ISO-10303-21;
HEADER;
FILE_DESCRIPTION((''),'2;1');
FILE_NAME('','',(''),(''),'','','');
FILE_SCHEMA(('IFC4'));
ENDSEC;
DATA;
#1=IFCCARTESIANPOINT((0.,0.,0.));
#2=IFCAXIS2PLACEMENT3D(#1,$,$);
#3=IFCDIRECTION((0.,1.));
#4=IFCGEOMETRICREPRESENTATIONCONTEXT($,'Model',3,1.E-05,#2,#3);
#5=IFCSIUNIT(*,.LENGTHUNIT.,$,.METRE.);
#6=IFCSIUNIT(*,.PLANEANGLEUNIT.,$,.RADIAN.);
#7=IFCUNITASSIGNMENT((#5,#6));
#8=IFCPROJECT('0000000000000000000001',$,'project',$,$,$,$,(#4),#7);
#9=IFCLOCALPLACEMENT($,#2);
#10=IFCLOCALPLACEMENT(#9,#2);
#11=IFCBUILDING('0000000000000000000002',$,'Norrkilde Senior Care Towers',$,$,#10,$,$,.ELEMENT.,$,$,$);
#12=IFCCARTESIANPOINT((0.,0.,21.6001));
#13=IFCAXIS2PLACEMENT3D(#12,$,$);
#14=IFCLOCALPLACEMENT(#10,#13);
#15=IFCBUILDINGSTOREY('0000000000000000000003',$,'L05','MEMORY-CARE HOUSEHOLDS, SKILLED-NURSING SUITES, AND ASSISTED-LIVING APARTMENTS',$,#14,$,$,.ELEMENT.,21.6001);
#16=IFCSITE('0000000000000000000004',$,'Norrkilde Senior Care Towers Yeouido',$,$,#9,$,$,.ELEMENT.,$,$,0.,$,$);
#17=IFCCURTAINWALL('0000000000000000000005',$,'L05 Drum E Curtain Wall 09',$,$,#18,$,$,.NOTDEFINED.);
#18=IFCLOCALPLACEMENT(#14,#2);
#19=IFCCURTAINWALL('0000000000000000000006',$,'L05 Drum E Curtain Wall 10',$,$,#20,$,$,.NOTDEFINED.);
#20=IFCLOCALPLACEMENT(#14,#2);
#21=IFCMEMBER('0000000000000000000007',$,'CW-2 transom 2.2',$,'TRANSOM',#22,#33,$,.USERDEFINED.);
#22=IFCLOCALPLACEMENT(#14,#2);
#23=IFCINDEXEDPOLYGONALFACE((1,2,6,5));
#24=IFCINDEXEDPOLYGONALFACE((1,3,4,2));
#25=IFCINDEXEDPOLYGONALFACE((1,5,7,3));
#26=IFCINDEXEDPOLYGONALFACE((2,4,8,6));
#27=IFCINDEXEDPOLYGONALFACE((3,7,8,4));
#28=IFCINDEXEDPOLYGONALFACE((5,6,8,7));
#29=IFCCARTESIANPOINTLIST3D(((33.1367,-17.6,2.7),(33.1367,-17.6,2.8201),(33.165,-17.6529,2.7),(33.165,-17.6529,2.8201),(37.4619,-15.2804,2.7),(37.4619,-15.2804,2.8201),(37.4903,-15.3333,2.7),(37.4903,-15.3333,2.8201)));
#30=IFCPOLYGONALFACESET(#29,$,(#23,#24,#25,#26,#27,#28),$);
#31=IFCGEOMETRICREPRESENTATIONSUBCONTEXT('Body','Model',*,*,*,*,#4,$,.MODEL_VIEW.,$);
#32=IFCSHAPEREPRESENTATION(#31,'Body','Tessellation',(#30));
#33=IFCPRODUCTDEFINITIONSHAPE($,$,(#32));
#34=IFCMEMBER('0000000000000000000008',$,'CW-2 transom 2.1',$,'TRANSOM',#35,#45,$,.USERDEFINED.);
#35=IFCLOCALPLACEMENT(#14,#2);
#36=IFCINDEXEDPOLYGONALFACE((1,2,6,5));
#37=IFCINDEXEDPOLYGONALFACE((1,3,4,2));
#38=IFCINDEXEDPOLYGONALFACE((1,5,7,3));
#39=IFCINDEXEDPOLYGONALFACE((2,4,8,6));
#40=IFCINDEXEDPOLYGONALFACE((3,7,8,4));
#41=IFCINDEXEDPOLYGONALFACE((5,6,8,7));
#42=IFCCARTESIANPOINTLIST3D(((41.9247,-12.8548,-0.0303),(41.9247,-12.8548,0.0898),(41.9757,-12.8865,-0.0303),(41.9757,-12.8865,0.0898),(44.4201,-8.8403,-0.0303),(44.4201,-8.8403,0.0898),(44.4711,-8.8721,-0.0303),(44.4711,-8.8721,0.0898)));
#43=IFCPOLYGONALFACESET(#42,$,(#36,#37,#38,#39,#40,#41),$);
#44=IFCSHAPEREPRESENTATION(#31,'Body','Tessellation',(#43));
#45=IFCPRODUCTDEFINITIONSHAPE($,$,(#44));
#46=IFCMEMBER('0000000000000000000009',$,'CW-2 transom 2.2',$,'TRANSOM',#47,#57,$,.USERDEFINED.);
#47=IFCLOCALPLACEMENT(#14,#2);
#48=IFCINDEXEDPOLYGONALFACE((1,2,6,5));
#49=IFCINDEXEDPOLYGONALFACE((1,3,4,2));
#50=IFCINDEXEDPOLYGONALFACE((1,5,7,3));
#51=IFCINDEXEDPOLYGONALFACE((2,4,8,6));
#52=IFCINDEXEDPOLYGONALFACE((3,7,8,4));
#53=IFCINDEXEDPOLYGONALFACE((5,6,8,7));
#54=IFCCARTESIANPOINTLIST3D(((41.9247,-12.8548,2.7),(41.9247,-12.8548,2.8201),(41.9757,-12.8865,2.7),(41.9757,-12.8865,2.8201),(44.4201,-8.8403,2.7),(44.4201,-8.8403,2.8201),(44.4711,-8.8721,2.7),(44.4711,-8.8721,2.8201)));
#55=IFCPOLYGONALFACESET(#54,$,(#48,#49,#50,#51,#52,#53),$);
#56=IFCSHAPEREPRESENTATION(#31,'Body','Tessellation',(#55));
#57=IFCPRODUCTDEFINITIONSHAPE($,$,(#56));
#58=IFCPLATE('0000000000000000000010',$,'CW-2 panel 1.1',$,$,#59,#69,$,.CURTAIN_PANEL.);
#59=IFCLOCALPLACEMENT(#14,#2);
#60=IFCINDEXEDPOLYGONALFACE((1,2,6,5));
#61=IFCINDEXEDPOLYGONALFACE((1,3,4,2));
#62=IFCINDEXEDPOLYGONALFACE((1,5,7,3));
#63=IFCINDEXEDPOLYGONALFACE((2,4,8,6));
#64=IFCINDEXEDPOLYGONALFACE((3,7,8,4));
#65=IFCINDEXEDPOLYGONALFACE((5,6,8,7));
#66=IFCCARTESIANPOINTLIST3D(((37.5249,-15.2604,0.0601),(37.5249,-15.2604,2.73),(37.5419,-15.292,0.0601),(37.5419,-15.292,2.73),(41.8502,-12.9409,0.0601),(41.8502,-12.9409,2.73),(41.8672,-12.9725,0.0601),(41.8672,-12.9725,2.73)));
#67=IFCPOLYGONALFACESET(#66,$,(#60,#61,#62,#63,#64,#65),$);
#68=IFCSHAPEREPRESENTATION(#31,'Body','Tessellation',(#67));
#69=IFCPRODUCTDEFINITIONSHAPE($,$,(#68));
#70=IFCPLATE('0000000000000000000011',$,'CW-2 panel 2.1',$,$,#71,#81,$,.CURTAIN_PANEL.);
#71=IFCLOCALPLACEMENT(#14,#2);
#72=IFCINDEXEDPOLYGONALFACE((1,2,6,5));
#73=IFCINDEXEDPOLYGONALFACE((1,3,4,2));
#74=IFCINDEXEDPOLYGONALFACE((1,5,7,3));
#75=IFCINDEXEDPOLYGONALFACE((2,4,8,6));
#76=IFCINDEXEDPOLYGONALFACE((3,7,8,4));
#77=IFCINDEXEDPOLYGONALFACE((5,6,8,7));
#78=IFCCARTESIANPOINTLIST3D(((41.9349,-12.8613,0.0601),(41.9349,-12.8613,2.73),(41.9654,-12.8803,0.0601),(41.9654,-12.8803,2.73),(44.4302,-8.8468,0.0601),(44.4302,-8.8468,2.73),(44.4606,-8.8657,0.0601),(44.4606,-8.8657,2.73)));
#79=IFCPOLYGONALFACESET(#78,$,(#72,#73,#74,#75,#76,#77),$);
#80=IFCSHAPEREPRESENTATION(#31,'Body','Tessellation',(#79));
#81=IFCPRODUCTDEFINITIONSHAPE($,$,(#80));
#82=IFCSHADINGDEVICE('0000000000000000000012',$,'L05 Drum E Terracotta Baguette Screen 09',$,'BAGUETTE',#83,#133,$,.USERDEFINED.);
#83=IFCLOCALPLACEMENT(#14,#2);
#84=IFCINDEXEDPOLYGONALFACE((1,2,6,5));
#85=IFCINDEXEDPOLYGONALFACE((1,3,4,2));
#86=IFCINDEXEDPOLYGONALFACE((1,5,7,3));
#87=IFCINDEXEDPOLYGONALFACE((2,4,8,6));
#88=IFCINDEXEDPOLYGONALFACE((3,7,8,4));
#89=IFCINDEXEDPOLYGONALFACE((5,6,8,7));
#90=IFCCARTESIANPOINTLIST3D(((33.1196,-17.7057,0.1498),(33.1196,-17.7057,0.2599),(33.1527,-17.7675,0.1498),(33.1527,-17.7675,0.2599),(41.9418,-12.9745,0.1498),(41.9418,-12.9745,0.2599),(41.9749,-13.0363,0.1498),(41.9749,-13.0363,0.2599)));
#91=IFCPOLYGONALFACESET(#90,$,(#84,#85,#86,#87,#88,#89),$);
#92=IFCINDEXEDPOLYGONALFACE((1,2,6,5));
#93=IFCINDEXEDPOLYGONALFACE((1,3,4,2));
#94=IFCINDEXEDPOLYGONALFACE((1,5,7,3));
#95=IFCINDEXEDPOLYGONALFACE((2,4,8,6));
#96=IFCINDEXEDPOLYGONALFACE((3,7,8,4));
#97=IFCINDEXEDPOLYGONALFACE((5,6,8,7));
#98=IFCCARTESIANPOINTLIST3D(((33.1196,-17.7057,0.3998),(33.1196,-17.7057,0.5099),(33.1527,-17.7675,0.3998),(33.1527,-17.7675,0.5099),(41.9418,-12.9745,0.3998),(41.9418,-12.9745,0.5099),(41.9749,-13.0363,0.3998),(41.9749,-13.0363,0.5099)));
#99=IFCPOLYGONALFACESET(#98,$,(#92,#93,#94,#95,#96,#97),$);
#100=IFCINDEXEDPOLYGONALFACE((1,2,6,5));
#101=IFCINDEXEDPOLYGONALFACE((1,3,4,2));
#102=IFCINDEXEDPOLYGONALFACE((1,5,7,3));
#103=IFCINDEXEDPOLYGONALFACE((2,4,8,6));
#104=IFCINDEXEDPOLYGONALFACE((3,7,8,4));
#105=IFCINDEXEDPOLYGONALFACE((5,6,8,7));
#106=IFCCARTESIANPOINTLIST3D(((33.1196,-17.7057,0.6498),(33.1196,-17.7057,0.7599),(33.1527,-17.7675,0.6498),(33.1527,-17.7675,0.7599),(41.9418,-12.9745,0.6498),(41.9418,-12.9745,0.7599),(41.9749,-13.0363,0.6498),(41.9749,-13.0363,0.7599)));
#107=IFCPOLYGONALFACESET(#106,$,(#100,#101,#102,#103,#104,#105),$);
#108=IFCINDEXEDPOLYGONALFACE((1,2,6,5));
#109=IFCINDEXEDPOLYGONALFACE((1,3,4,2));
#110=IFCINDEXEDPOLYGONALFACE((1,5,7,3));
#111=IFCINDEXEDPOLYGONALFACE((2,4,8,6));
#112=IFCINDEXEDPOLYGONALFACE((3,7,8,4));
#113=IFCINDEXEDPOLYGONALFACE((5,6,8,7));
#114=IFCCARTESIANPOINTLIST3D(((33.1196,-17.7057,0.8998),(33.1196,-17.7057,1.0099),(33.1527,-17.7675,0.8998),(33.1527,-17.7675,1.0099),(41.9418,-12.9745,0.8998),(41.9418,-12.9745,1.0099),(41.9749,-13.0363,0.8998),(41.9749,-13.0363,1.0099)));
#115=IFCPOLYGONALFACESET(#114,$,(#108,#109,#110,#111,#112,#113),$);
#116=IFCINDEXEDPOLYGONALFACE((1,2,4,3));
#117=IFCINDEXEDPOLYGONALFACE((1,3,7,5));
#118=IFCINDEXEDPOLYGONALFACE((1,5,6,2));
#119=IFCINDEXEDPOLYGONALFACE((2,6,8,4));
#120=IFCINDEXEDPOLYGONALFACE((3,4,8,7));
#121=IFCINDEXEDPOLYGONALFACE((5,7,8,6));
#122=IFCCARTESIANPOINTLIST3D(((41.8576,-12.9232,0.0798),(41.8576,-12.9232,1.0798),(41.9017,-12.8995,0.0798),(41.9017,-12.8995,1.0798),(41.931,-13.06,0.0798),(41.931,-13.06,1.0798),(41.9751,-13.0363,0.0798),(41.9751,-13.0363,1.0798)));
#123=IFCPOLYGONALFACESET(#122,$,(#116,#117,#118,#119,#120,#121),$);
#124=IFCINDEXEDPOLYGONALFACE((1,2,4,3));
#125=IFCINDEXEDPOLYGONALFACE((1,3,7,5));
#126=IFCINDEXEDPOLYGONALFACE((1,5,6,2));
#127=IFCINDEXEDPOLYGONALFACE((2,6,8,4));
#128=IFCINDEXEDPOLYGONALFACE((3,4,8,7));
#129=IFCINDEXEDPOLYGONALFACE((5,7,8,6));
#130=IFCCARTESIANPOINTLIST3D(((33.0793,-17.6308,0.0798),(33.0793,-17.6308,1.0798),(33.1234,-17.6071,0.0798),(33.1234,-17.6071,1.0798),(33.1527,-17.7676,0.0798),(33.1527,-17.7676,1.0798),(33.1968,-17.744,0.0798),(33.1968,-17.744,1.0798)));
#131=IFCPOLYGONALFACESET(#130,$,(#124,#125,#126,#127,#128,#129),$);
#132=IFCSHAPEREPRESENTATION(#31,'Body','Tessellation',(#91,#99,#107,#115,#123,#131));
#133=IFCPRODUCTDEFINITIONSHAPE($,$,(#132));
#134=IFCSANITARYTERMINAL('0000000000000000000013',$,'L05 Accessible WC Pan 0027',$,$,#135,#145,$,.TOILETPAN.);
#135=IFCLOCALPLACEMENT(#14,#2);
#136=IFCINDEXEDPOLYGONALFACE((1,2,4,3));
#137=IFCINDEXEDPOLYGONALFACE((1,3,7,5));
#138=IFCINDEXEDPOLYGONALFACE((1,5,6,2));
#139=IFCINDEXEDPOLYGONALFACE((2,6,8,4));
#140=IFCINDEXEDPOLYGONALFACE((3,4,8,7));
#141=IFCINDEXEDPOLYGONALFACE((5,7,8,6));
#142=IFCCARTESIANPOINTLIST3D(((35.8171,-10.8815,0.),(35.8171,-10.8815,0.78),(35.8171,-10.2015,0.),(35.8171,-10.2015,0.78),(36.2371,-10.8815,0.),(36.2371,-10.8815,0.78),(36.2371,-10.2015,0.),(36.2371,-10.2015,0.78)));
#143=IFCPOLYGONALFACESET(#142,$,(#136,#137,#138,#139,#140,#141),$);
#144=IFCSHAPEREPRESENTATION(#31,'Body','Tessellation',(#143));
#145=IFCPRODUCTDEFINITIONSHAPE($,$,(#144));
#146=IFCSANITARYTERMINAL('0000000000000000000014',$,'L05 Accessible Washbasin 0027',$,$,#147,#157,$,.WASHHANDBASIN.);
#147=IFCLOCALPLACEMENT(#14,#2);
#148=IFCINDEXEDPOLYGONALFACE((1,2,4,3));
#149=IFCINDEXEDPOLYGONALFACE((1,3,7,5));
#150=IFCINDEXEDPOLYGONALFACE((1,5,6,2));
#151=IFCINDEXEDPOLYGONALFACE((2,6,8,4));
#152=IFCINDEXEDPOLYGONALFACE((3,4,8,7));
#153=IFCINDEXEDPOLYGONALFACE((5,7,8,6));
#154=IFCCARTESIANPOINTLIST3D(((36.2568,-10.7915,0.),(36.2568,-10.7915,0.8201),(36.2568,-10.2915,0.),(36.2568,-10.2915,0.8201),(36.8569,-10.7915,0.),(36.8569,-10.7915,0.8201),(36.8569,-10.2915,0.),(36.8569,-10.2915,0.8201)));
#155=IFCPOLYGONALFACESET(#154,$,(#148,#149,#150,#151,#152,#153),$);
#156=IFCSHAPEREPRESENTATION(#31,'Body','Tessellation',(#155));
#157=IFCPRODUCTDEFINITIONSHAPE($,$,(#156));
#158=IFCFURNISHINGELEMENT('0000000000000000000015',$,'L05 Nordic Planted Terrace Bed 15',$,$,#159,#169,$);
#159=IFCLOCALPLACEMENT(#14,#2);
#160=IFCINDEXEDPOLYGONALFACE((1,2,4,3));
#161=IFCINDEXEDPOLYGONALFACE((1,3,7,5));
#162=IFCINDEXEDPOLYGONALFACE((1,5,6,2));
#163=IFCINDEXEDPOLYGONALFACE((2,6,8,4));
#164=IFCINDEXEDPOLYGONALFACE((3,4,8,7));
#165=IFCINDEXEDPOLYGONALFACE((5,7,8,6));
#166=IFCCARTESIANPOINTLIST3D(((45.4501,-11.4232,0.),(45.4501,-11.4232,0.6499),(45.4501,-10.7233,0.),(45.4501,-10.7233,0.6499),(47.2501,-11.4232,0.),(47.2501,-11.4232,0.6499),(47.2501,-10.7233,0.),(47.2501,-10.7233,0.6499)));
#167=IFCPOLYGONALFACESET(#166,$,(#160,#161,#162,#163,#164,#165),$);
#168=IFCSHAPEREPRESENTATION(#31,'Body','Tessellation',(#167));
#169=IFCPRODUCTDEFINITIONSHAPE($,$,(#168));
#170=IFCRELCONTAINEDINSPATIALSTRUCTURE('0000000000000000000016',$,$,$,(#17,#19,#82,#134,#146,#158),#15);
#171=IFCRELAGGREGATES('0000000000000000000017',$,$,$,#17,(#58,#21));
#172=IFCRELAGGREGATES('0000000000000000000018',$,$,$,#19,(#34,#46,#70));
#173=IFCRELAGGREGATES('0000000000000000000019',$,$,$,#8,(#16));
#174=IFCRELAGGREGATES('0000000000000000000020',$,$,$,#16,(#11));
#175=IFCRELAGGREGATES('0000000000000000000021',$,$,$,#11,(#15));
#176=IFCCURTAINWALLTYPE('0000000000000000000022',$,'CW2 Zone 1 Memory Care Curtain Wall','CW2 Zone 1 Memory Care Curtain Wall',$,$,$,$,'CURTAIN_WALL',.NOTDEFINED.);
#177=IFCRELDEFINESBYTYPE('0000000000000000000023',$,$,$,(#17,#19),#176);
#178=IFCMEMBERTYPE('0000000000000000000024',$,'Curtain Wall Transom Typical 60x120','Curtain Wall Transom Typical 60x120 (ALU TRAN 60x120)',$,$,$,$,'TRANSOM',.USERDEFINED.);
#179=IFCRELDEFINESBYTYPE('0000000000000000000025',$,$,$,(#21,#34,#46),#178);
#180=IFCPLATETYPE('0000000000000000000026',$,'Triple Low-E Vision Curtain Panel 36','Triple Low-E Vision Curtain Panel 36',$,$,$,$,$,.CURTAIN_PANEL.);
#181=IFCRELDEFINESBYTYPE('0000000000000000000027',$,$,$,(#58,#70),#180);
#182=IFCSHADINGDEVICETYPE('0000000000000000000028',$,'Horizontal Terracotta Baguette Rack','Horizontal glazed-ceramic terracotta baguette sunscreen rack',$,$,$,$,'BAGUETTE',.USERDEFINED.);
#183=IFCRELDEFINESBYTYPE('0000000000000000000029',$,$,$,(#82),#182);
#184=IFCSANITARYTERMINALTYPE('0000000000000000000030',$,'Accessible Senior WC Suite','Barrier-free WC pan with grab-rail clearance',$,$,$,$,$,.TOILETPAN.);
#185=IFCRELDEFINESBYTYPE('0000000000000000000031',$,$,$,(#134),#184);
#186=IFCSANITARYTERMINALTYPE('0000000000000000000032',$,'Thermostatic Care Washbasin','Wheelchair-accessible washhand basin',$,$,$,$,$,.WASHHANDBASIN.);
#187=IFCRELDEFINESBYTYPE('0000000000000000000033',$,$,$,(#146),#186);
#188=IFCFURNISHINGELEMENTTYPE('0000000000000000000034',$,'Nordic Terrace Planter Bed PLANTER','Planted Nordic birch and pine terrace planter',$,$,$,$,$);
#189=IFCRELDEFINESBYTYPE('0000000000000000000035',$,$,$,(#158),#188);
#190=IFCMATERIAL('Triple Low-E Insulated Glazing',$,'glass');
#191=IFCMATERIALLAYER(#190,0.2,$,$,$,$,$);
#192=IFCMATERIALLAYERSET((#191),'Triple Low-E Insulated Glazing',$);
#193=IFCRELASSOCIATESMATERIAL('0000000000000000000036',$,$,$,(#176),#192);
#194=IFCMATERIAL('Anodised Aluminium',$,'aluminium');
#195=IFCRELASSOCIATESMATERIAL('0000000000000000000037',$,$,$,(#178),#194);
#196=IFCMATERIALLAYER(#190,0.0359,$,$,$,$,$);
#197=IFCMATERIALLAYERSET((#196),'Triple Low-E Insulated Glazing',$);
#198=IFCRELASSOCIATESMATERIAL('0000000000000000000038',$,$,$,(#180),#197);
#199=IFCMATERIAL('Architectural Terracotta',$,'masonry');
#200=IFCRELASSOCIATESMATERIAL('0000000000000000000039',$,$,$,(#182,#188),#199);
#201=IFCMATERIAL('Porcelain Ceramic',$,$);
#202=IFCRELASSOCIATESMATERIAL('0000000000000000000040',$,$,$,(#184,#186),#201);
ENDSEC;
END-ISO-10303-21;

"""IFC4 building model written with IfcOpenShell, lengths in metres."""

from ifc_helpers import new_model, si_unit, direction, frame, origin, origin_2d, place, context, subcontext, project, spatial, rectangle, extrude, source, transform, mapped, material, layer, layer_set, material_profile, profile_set, type_object, type_shapes, element, aggregate, save


model = new_model("IFC4")

# Units and contexts
model_context = context("Model", 3, precision=1e-05, world=origin(), true_north=direction((0.0, 1.0)))
body_context = subcontext(model_context, "Body", "Model", "MODEL_VIEW")
ifc_project = project(units=[si_unit("LENGTHUNIT", "METRE"), si_unit("PLANEANGLEUNIT", "RADIAN")], contexts=[model_context])

# Site, building, storey
site_placement = place(None, origin())
site = spatial("IfcSite", under=ifc_project, at=site_placement, Name="Norrkilde Senior Care Towers Yeouido", CompositionType="ELEMENT", RefElevation=0.0)
building_placement = place(site_placement, origin())
building = spatial("IfcBuilding", under=site, at=building_placement, Name="Norrkilde Senior Care Towers", CompositionType="ELEMENT")
storey_placement = place(building_placement, frame((0.0, 0.0, 21.6001)))
storey = spatial("IfcBuildingStorey", under=building, at=storey_placement, Name="L05", Description="MEMORY-CARE HOUSEHOLDS, SKILLED-NURSING SUITES, AND ASSISTED-LIVING APARTMENTS", CompositionType="ELEMENT", Elevation=21.6001)

# Curtain wall
ifc_material_1 = material(Name="Triple Low-E Insulated Glazing", Category="glass")
ifc_layer_1 = layer(ifc_material_1, 0.2)
ifc_layer_set_1 = layer_set([ifc_layer_1], Name="Triple Low-E Insulated Glazing")
curtain_wall_type = type_object("IfcCurtainWallType", Name="CW2 Zone 1 Memory Care Curtain Wall", Description="CW2 Zone 1 Memory Care Curtain Wall", ElementType="CURTAIN_WALL", PredefinedType="NOTDEFINED", material=ifc_layer_set_1)
curtain_wall_1_placement = place(storey_placement, origin())
curtain_wall_1 = element("IfcCurtainWall", 1, at=curtain_wall_1_placement, inside=storey, type_object=curtain_wall_type, Name="L05 Drum E Curtain Wall 09", PredefinedType="NOTDEFINED")
ifc_material_2 = material(Name="Anodised Aluminium", Category="aluminium")

# Curtain wall
curtain_wall_2_placement = place(storey_placement, origin())
curtain_wall_2 = element("IfcCurtainWall", 2, at=curtain_wall_2_placement, inside=storey, type_object=curtain_wall_type, Name="L05 Drum E Curtain Wall 10", PredefinedType="NOTDEFINED")

# Members
ifc_material_profile_1 = material_profile(ifc_material_2, rectangle(XDim=0.0601, YDim=0.1201, at=origin_2d()), Name="ALU TRAN 60x120")
ifc_profile_set_1 = profile_set([ifc_material_profile_1], Name="Anodised Aluminium")
member_type_1 = type_object("IfcMemberType", Name="Curtain Wall Transom Typical 60x120", Description="Curtain Wall Transom Typical 60x120 (ALU TRAN 60x120)", ElementType="TRANSOM", PredefinedType="USERDEFINED", material=ifc_profile_set_1)
shared_shape_1 = source(origin(), body_context, "Body", "SweptSolid", [
    extrude(rectangle(XDim=0.0601, YDim=0.1201, at=origin_2d()), origin(), (0.0, 0.0, 1.0), 4.908),
])
member_1_placement = place(storey_placement, frame((37.4761, -15.3069, 2.76), z_axis=(-0.881267, -0.472619, 0.0), x_axis=(0.472619, -0.881267, 0.0)))
member_1 = element("IfcMember", 3, at=member_1_placement, type_object=member_type_1, Name="CW-2 transom 2.2", ObjectType="TRANSOM", PredefinedType="USERDEFINED", context=body_context, shape_type="MappedRepresentation", body=[
    mapped(shared_shape_1, transform((0.0, 0.0, 0.0), x_axis=(1.0, 0.0, 0.0), y_axis=(0.0, 1.0, 0.0), z_axis=(0.0, 0.0, 1.0), scale=1.0)),
])
shared_shape_2 = source(origin(), body_context, "Body", "SweptSolid", [
    extrude(rectangle(XDim=0.0601, YDim=0.1201, at=origin_2d()), origin(), (0.0, 0.0, 1.0), 4.7268),
])
type_shapes(member_type_1, [shared_shape_1, shared_shape_2])
member_2_placement = place(storey_placement, frame((44.4456, -8.8562, 0.0298), z_axis=(-0.527922, -0.849293, 0.0), x_axis=(0.849293, -0.527922, 0.0)))
member_2 = element("IfcMember", 4, at=member_2_placement, type_object=member_type_1, Name="CW-2 transom 2.1", ObjectType="TRANSOM", PredefinedType="USERDEFINED", context=body_context, shape_type="MappedRepresentation", body=[
    mapped(shared_shape_2, transform((0.0, 0.0, 0.0), x_axis=(1.0, 0.0, 0.0), y_axis=(0.0, 1.0, 0.0), z_axis=(0.0, 0.0, 1.0), scale=1.0)),
])
member_3_placement = place(storey_placement, frame((44.4456, -8.8562, 2.76), z_axis=(-0.527922, -0.849293, 0.0), x_axis=(0.849293, -0.527922, 0.0)))
member_3 = element("IfcMember", 5, at=member_3_placement, type_object=member_type_1, Name="CW-2 transom 2.2", ObjectType="TRANSOM", PredefinedType="USERDEFINED", context=body_context, shape_type="MappedRepresentation", body=[
    mapped(shared_shape_2, transform((0.0, 0.0, 0.0), x_axis=(1.0, 0.0, 0.0), y_axis=(0.0, 1.0, 0.0), z_axis=(0.0, 0.0, 1.0), scale=1.0)),
])

# Plates
ifc_layer_2 = layer(ifc_material_1, 0.0359)
ifc_layer_set_2 = layer_set([ifc_layer_2], Name="Triple Low-E Insulated Glazing")
plate_type = type_object("IfcPlateType", Name="Triple Low-E Vision Curtain Panel 36", Description="Triple Low-E Vision Curtain Panel 36", PredefinedType="CURTAIN_PANEL", material=ifc_layer_set_2)
shared_shape_3 = source(origin(), body_context, "Body", "SweptSolid", [
    extrude(rectangle(XDim=4.908, YDim=0.0359, at=origin_2d()), origin(), (0.0, 0.0, 1.0), 2.6699),
])
plate_1_placement = place(storey_placement, frame((39.696, -14.1165, 0.0601), z_axis=(0.0, 0.0, 1.0), x_axis=(-0.881273, -0.472608, 0.0)))
plate_1 = element("IfcPlate", 6, at=plate_1_placement, type_object=plate_type, Name="CW-2 panel 1.1", PredefinedType="CURTAIN_PANEL", context=body_context, shape_type="MappedRepresentation", body=[
    mapped(shared_shape_3, transform((0.0, 0.0, 0.0), x_axis=(1.0, 0.0, 0.0), y_axis=(0.0, 1.0, 0.0), z_axis=(0.0, 0.0, 1.0), scale=1.0)),
])
aggregate(curtain_wall_1, [plate_1, member_1])
shared_shape_4 = source(origin(), body_context, "Body", "SweptSolid", [
    extrude(rectangle(XDim=4.7268, YDim=0.0359, at=origin_2d()), origin(), (0.0, 0.0, 1.0), 2.6699),
])
type_shapes(plate_type, [shared_shape_3, shared_shape_4])
plate_2_placement = place(storey_placement, frame((43.1978, -10.8635, 0.0601), z_axis=(0.0, 0.0, 1.0), x_axis=(-0.527901, -0.849306, 0.0)))
plate_2 = element("IfcPlate", 7, at=plate_2_placement, type_object=plate_type, Name="CW-2 panel 2.1", PredefinedType="CURTAIN_PANEL", context=body_context, shape_type="MappedRepresentation", body=[
    mapped(shared_shape_4, transform((0.0, 0.0, 0.0), x_axis=(1.0, 0.0, 0.0), y_axis=(0.0, 1.0, 0.0), z_axis=(0.0, 0.0, 1.0), scale=1.0)),
])
aggregate(curtain_wall_2, [member_2, member_3, plate_2])

# Shading device
ifc_material_3 = material(Name="Architectural Terracotta", Category="masonry")
shading_device_type = type_object("IfcShadingDeviceType", Name="Horizontal Terracotta Baguette Rack", Description="Horizontal glazed-ceramic terracotta baguette sunscreen rack", ElementType="BAGUETTE", PredefinedType="USERDEFINED", material=ifc_material_3)
shared_shape_5 = source(origin(), body_context, "Body", "SweptSolid", [
    extrude(rectangle(XDim=0.0701, YDim=0.1101, at=origin_2d()), frame((0.0, 0.0901, 0.125), z_axis=(1.0, 0.0, 0.0), x_axis=(0.0, 1.0, 0.0)), (0.0, 0.0, 1.0), 10.0107),
    extrude(rectangle(XDim=0.0701, YDim=0.1101, at=origin_2d()), frame((0.0, 0.0901, 0.375), z_axis=(1.0, 0.0, 0.0), x_axis=(0.0, 1.0, 0.0)), (0.0, 0.0, 1.0), 10.0107),
    extrude(rectangle(XDim=0.0701, YDim=0.1101, at=origin_2d()), frame((0.0, 0.0901, 0.625), z_axis=(1.0, 0.0, 0.0), x_axis=(0.0, 1.0, 0.0)), (0.0, 0.0, 1.0), 10.0107),
    extrude(rectangle(XDim=0.0701, YDim=0.1101, at=origin_2d()), frame((0.0, 0.0901, 0.875), z_axis=(1.0, 0.0, 0.0), x_axis=(0.0, 1.0, 0.0)), (0.0, 0.0, 1.0), 10.0107),
    extrude(rectangle(XDim=0.05, YDim=0.1553, at=origin_2d()), frame((0.0249, 0.0476, 0.0)), (0.0, 0.0, 1.0), 1.0),
    extrude(rectangle(XDim=0.05, YDim=0.1553, at=origin_2d()), frame((9.9858, 0.0476, 0.0)), (0.0, 0.0, 1.0), 1.0),
])
type_shapes(shading_device_type, [shared_shape_5])
shading_device_placement = place(storey_placement, frame((41.9158, -12.926, 0.0798), z_axis=(0.0, 0.0, 1.0), x_axis=(-0.88128, -0.472612, 0.0)))
element("IfcShadingDevice", 8, at=shading_device_placement, inside=storey, type_object=shading_device_type, Name="L05 Drum E Terracotta Baguette Screen 09", ObjectType="BAGUETTE", PredefinedType="USERDEFINED", context=body_context, shape_type="MappedRepresentation", body=[
    mapped(shared_shape_5, transform((0.0, 0.0, 0.0), x_axis=(1.0, 0.0, 0.0), y_axis=(0.0, 1.0, 0.0), z_axis=(0.0, 0.0, 1.0), scale=1.0)),
])

# Sanitary terminals
ifc_material_4 = material(Name="Porcelain Ceramic")
sanitary_terminal_type_1 = type_object("IfcSanitaryTerminalType", Name="Accessible Senior WC Suite", Description="Barrier-free WC pan with grab-rail clearance", PredefinedType="TOILETPAN", material=ifc_material_4)
shared_shape_6 = source(origin(), body_context, "Body", "SweptSolid", [
    extrude(rectangle(XDim=0.4199, YDim=0.6799, at=origin_2d()), origin(), (0.0, 0.0, 1.0), 0.78),
])
type_shapes(sanitary_terminal_type_1, [shared_shape_6])
sanitary_terminal_1_placement = place(storey_placement, frame((36.0271, -10.5415, 0.0), z_axis=(0.0, 0.0, 1.0), x_axis=(1.0, 0.0, 0.0)))
element("IfcSanitaryTerminal", 9, at=sanitary_terminal_1_placement, inside=storey, type_object=sanitary_terminal_type_1, Name="L05 Accessible WC Pan 0027", PredefinedType="TOILETPAN", context=body_context, shape_type="MappedRepresentation", body=[
    mapped(shared_shape_6, transform((0.0, 0.0, 0.0), x_axis=(1.0, 0.0, 0.0), y_axis=(0.0, 1.0, 0.0), z_axis=(0.0, 0.0, 1.0), scale=1.0)),
])
sanitary_terminal_type_2 = type_object("IfcSanitaryTerminalType", Name="Thermostatic Care Washbasin", Description="Wheelchair-accessible washhand basin", PredefinedType="WASHHANDBASIN", material=ifc_material_4)
shared_shape_7 = source(origin(), body_context, "Body", "SweptSolid", [
    extrude(rectangle(XDim=0.6001, YDim=0.5, at=origin_2d()), origin(), (0.0, 0.0, 1.0), 0.8201),
])
type_shapes(sanitary_terminal_type_2, [shared_shape_7])
sanitary_terminal_2_placement = place(storey_placement, frame((36.5569, -10.5415, 0.0), z_axis=(0.0, 0.0, 1.0), x_axis=(1.0, 0.0, 0.0)))
element("IfcSanitaryTerminal", 10, at=sanitary_terminal_2_placement, inside=storey, type_object=sanitary_terminal_type_2, Name="L05 Accessible Washbasin 0027", PredefinedType="WASHHANDBASIN", context=body_context, shape_type="MappedRepresentation", body=[
    mapped(shared_shape_7, transform((0.0, 0.0, 0.0), x_axis=(1.0, 0.0, 0.0), y_axis=(0.0, 1.0, 0.0), z_axis=(0.0, 0.0, 1.0), scale=1.0)),
])

# Furnishing element
furnishing_element_type = type_object("IfcFurnishingElementType", Name="Nordic Terrace Planter Bed PLANTER", Description="Planted Nordic birch and pine terrace planter", material=ifc_material_3)
shared_shape_8 = source(origin(), body_context, "Body", "SweptSolid", [
    extrude(rectangle(XDim=1.8, YDim=0.7, at=origin_2d()), origin(), (0.0, 0.0, 1.0), 0.6499),
])
type_shapes(furnishing_element_type, [shared_shape_8])
furnishing_placement = place(storey_placement, frame((46.3501, -11.0732, 0.0), z_axis=(0.0, 0.0, 1.0), x_axis=(1.0, 0.0, 0.0)))
element("IfcFurnishingElement", 11, at=furnishing_placement, inside=storey, type_object=furnishing_element_type, Name="L05 Nordic Planted Terrace Bed 15", context=body_context, shape_type="MappedRepresentation", body=[
    mapped(shared_shape_8, transform((0.0, 0.0, 0.0), x_axis=(1.0, 0.0, 0.0), y_axis=(0.0, 1.0, 0.0), z_axis=(0.0, 0.0, 1.0), scale=1.0)),
])

save(model, "model.ifc")
